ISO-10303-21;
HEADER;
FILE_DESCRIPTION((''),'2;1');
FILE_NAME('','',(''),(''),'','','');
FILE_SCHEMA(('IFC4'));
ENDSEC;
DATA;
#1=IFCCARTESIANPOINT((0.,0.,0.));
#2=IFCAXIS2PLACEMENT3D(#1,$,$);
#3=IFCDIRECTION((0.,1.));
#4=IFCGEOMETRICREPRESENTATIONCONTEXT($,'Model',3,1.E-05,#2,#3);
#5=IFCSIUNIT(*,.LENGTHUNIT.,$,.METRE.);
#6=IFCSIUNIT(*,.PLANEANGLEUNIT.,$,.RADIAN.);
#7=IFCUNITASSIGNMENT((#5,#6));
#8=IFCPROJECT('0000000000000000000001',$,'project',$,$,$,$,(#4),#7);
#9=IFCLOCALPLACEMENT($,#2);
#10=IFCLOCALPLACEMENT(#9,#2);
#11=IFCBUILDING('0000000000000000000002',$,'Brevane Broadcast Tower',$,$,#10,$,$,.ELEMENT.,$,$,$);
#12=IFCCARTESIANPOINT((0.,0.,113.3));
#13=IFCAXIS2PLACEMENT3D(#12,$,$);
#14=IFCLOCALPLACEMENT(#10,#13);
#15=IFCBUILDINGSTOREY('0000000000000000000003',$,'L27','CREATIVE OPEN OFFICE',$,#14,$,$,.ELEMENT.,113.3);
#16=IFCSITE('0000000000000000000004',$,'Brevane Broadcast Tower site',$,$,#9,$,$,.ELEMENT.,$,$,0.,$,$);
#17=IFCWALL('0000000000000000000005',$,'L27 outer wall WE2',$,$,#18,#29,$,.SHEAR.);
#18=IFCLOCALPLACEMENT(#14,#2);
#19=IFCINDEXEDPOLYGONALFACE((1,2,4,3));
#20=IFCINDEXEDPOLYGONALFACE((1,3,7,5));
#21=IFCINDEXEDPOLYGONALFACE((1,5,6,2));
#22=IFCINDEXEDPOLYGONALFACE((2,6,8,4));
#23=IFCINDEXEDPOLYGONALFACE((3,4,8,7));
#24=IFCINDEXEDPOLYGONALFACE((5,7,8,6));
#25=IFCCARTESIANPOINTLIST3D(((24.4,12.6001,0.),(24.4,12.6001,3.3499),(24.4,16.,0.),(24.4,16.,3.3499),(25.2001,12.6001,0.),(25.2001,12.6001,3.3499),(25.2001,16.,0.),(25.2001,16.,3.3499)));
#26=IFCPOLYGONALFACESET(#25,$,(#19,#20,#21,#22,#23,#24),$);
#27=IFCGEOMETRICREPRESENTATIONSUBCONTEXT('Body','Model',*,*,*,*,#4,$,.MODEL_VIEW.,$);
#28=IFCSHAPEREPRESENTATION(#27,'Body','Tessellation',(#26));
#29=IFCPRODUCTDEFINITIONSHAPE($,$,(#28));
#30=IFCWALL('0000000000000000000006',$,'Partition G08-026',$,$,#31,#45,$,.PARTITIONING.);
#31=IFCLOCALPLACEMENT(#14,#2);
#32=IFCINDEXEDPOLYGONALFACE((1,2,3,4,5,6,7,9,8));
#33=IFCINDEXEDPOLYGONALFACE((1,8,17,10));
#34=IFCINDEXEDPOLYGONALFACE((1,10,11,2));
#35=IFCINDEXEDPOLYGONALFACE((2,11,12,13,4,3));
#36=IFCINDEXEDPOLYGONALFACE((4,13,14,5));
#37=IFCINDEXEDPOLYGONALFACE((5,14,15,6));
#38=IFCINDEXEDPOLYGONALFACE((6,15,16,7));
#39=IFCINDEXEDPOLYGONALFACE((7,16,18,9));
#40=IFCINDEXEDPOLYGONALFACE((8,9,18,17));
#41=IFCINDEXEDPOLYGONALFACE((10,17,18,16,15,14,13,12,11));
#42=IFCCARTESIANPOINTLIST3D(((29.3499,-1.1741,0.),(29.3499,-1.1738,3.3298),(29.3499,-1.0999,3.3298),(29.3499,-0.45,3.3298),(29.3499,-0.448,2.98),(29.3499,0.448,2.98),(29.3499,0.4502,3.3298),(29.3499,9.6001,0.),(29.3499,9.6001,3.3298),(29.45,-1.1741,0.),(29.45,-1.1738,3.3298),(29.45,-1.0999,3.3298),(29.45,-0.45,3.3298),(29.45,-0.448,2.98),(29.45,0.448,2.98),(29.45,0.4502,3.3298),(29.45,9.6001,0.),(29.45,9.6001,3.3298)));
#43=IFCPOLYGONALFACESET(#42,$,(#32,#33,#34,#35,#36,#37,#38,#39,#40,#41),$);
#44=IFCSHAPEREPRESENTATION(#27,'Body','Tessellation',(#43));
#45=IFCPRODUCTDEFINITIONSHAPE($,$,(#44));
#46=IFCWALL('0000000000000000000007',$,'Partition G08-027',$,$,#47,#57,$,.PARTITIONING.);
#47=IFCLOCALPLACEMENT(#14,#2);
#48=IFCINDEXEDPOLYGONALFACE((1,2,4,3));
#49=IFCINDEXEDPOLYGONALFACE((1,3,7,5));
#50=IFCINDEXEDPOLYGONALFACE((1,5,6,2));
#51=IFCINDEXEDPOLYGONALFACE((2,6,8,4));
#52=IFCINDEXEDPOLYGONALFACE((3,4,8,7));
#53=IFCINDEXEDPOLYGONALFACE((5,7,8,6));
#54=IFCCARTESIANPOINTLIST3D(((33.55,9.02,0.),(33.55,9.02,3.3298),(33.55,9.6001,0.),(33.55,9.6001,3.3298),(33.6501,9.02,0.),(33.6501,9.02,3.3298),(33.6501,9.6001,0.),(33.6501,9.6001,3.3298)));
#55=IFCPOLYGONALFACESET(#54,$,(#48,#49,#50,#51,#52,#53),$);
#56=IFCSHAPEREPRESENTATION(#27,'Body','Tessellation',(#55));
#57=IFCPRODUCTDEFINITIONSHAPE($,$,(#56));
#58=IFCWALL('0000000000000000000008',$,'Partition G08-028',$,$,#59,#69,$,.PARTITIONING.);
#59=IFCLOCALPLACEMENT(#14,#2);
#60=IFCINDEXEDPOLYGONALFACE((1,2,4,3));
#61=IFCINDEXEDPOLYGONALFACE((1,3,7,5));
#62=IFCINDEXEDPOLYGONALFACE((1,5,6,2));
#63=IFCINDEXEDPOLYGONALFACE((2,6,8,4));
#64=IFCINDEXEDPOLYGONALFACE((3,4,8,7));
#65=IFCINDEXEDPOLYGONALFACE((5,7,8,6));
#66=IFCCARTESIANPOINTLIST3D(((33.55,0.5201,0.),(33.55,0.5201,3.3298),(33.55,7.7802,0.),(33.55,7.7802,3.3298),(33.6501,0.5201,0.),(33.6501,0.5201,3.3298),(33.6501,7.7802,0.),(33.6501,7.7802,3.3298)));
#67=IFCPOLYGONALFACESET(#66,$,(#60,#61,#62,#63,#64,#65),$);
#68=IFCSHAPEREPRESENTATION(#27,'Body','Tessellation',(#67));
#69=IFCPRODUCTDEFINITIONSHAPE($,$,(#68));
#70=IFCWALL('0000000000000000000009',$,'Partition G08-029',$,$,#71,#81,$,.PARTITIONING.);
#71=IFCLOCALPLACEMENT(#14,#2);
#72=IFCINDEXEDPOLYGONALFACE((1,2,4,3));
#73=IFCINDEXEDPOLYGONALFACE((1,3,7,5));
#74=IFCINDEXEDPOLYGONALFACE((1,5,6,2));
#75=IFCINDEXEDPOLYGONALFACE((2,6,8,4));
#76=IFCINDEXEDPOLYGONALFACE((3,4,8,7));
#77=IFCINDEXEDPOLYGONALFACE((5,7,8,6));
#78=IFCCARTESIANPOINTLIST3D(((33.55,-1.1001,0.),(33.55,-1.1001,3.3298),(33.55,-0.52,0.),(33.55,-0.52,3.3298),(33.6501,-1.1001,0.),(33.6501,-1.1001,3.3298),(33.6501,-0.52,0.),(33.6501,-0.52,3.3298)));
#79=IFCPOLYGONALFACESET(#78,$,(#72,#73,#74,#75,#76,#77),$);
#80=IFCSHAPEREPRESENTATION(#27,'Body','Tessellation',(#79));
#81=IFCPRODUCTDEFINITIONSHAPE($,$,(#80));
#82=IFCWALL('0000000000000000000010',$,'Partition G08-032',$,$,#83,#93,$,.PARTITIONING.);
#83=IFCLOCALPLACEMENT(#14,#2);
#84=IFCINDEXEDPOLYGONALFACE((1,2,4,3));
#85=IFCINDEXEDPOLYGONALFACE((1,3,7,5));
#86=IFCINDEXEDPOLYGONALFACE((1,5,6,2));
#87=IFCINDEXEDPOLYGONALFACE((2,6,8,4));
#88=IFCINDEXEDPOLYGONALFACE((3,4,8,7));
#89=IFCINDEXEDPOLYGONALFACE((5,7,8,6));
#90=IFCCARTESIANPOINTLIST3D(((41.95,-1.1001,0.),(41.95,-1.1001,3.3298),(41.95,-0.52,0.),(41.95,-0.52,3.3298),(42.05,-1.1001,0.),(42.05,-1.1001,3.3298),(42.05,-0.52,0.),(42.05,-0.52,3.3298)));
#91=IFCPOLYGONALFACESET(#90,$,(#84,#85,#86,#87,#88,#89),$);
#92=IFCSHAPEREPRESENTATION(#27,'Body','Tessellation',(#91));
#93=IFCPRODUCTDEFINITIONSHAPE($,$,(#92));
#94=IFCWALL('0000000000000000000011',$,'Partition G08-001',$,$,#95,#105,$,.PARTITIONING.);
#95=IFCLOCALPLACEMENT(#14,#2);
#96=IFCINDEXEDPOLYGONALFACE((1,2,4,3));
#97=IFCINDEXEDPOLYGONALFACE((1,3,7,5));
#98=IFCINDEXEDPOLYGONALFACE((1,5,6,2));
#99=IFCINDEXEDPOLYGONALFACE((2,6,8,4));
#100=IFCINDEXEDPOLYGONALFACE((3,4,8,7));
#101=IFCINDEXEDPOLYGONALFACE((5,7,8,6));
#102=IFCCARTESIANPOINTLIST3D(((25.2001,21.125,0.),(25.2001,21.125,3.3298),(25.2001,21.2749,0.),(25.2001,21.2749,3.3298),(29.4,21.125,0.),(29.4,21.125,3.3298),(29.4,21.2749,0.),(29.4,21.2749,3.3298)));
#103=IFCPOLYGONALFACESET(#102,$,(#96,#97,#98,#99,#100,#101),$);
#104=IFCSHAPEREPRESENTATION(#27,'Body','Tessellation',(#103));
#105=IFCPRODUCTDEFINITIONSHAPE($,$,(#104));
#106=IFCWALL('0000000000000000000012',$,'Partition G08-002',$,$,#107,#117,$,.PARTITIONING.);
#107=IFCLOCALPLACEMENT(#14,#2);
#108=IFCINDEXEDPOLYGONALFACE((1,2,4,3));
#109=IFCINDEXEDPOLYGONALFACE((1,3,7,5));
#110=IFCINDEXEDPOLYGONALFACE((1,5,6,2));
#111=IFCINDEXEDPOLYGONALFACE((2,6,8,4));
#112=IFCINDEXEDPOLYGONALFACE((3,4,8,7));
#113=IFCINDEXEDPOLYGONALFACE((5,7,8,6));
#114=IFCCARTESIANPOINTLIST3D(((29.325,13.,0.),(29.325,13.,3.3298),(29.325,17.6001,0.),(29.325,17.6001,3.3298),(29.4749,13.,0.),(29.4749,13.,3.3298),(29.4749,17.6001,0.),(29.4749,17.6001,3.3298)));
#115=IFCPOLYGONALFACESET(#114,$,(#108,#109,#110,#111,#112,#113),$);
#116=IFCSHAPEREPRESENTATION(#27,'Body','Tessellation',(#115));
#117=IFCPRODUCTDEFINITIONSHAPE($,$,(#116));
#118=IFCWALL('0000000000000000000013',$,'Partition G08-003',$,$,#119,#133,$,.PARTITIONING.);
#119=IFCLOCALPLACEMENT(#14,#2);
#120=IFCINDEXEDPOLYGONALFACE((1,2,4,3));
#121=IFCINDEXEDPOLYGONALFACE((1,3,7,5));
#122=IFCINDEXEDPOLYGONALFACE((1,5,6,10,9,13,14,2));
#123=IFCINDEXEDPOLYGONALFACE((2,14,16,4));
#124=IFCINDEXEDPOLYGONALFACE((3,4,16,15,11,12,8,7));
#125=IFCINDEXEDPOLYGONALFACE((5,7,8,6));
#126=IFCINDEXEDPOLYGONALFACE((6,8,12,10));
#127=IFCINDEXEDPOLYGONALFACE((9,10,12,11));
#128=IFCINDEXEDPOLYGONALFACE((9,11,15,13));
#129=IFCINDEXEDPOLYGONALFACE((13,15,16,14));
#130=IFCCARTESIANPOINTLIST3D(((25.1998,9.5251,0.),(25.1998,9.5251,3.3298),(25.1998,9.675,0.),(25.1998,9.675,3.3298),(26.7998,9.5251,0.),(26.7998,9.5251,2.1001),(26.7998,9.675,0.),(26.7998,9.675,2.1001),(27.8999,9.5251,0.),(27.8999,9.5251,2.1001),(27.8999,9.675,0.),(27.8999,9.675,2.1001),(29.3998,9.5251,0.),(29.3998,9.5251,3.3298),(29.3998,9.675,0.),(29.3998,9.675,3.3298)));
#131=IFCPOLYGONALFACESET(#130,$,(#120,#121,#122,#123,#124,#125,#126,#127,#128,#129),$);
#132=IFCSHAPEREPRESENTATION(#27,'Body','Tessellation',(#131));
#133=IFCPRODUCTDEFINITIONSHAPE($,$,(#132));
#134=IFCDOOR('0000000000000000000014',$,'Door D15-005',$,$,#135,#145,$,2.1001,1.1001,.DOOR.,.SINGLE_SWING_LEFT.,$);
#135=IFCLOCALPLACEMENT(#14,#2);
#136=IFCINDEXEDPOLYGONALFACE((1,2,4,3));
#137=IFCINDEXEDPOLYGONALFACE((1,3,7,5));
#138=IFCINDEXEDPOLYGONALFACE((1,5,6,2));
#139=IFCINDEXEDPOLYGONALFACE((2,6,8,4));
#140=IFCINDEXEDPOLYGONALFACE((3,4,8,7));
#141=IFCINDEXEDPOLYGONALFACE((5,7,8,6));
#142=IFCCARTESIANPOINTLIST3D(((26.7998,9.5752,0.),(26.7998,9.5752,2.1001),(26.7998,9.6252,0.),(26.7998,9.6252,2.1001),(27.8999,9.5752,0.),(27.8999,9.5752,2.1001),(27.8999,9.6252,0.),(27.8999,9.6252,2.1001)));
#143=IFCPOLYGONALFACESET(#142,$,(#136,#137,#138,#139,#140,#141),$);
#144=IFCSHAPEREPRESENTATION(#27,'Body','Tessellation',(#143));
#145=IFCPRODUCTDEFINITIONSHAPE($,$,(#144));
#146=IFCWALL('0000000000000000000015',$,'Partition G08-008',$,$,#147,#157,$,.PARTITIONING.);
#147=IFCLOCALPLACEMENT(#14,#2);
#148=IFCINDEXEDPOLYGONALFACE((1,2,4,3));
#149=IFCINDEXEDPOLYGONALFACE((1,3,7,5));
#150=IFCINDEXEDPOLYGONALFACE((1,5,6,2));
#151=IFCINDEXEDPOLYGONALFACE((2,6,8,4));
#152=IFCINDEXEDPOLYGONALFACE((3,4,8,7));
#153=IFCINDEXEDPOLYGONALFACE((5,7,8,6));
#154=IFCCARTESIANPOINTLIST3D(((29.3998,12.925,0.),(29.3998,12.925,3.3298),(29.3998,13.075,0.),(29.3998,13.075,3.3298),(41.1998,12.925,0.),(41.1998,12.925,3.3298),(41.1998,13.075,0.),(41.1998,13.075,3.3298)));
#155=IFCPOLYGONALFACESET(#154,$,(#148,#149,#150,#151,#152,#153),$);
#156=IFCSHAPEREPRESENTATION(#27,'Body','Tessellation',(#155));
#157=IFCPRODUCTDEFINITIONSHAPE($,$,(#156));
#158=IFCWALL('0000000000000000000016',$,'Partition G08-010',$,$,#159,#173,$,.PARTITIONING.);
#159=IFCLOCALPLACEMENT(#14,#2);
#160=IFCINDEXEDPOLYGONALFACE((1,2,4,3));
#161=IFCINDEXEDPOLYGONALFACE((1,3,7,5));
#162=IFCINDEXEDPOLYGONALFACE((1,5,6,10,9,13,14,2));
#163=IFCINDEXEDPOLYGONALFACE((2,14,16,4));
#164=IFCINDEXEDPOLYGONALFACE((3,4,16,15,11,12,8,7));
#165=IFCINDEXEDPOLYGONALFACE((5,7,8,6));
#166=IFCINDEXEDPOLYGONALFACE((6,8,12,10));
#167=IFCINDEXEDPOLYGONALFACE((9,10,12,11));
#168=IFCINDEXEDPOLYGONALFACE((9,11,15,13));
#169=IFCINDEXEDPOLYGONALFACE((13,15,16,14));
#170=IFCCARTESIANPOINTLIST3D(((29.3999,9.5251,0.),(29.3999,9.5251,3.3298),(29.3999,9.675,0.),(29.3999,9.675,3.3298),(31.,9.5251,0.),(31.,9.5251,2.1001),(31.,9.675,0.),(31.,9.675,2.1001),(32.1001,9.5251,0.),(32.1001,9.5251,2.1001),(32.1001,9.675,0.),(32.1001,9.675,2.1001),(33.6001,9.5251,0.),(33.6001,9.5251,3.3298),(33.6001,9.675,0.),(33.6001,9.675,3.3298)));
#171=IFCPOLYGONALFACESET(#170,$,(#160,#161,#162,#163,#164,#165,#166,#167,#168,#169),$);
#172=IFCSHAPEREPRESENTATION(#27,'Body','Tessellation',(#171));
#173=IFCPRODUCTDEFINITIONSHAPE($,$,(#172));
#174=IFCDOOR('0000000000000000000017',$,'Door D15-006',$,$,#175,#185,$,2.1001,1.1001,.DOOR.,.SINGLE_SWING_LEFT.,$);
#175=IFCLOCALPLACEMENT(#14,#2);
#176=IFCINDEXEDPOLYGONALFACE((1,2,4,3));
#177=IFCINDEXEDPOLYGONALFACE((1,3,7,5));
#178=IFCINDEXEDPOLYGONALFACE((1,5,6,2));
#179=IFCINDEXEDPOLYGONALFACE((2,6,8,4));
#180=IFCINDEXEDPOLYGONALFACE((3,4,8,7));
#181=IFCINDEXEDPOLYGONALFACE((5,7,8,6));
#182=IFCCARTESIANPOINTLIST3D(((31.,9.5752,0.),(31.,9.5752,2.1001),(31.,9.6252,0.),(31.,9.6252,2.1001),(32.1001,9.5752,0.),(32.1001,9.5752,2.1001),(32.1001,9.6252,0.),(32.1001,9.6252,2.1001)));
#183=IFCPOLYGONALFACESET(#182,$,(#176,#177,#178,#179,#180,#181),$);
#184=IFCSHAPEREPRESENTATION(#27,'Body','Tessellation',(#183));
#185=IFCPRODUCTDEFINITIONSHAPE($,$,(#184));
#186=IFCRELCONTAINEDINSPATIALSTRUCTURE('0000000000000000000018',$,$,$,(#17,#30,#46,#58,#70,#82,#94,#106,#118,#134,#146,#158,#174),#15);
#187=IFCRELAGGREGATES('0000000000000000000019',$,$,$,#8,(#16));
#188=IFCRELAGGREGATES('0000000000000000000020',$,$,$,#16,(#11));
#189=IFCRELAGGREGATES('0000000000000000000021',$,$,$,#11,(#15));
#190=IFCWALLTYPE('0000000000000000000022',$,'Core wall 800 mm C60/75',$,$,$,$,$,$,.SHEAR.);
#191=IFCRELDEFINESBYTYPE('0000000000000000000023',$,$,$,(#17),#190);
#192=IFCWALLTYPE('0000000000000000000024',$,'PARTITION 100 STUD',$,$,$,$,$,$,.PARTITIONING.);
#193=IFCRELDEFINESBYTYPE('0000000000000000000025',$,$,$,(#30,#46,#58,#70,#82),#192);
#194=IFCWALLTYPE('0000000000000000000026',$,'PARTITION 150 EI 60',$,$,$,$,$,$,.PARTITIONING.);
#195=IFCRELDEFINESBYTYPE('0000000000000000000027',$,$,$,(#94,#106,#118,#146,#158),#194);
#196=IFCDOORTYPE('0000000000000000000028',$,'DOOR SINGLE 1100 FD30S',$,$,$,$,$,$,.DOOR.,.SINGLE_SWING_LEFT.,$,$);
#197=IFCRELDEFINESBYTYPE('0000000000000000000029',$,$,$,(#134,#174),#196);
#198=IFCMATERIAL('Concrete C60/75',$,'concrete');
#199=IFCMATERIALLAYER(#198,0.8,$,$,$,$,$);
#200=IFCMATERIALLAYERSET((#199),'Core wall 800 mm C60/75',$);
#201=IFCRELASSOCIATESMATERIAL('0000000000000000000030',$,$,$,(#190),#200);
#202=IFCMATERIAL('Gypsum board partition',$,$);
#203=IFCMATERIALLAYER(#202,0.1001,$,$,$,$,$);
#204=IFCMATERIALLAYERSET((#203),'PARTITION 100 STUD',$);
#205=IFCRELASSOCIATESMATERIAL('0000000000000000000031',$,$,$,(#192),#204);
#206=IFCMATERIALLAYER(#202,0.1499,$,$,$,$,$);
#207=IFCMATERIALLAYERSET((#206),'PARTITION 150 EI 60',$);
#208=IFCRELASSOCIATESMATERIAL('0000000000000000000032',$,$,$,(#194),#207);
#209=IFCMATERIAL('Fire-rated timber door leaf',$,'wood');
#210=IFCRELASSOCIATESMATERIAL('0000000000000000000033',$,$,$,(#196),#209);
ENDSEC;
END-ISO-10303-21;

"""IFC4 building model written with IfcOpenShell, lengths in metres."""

from ifc_helpers import new_model, si_unit, direction, frame, frame_2d, origin, place, context, subcontext, project, spatial, polyline, rectangle, outline, extrude, material, layer, layer_set, type_object, element, fill, save


model = new_model("IFC4")

# Units and contexts
model_context = context("Model", 3, precision=1e-05, world=origin(), true_north=direction((0.0, 1.0)))
body_context = subcontext(model_context, "Body", "Model", "MODEL_VIEW")
ifc_project = project(units=[si_unit("LENGTHUNIT", "METRE"), si_unit("PLANEANGLEUNIT", "RADIAN")], contexts=[model_context])

# Site, building, storey
site_placement = place(None, origin())
site = spatial("IfcSite", under=ifc_project, at=site_placement, Name="Brevane Broadcast Tower site", CompositionType="ELEMENT", RefElevation=0.0)
building_placement = place(site_placement, origin())
building = spatial("IfcBuilding", under=site, at=building_placement, Name="Brevane Broadcast Tower", CompositionType="ELEMENT")
storey_placement = place(building_placement, frame((0.0, 0.0, 113.3)))
storey = spatial("IfcBuildingStorey", under=building, at=storey_placement, Name="L27", Description="CREATIVE OPEN OFFICE", CompositionType="ELEMENT", Elevation=113.3)

# Shared definitions
ifc_material_1 = material(Name="Concrete C60/75", Category="concrete")

# Walls
ifc_layer_1 = layer(ifc_material_1, 0.8)
ifc_layer_set_1 = layer_set([ifc_layer_1], Name="Core wall 800 mm C60/75")
wall_type_1 = type_object("IfcWallType", Name="Core wall 800 mm C60/75", PredefinedType="SHEAR", material=ifc_layer_set_1)
wall_1_placement = place(storey_placement, frame((24.8, 12.6001, 0.0), z_axis=(0.0, 0.0, 1.0), x_axis=(0.0, 1.0, 0.0)))
element("IfcWall", 1, at=wall_1_placement, inside=storey, type_object=wall_type_1, Name="L27 outer wall WE2", PredefinedType="SHEAR", context=body_context, shape_type="SweptSolid", body=[
    extrude(rectangle(XDim=3.3999, YDim=0.8, at=frame_2d((1.7, 0.0))), origin(), (0.0, 0.0, 1.0), 3.3499),
])
ifc_material_2 = material(Name="Gypsum board partition")
ifc_layer_2 = layer(ifc_material_2, 0.1001)
ifc_layer_set_2 = layer_set([ifc_layer_2], Name="PARTITION 100 STUD")
wall_type_2 = type_object("IfcWallType", Name="PARTITION 100 STUD", PredefinedType="PARTITIONING", material=ifc_layer_set_2)
wall_2_placement = place(storey_placement, frame((29.3999, 9.6001, 0.0), z_axis=(0.0, 0.0, 1.0), x_axis=(0.0, -1.0, 0.0)))
element("IfcWall", 2, at=wall_2_placement, inside=storey, type_object=wall_type_2, Name="Partition G08-026", PredefinedType="PARTITIONING", context=body_context, shape_type="SweptSolid", body=[
    extrude(outline(polyline([(0.0, 0.0), (10.7742, 0.0), (10.7739, 3.3298), (10.7, 3.3298), (10.05, 3.3298), (10.0481, 2.98), (9.1521, 2.98), (9.1499, 3.3298), (0.0, 3.3298), (0.0, 0.0)])), frame((0.0, 0.05, 0.0), z_axis=(0.0, -1.0, 0.0), x_axis=(1.0, 0.0, 0.0)), (0.0, 0.0, 1.0), 0.1001),
])
wall_3_placement = place(storey_placement, frame((33.6001, 9.6001, 0.0), z_axis=(0.0, 0.0, 1.0), x_axis=(0.0, -1.0, 0.0)))
element("IfcWall", 3, at=wall_3_placement, inside=storey, type_object=wall_type_2, Name="Partition G08-027", PredefinedType="PARTITIONING", context=body_context, shape_type="SweptSolid", body=[
    extrude(rectangle(XDim=0.5801, YDim=0.1001, at=frame_2d((0.29, 0.0))), origin(), (0.0, 0.0, 1.0), 3.3298),
])
wall_4_placement = place(storey_placement, frame((33.6001, 7.78, 0.0), z_axis=(0.0, 0.0, 1.0), x_axis=(0.0, -1.0, 0.0)))
element("IfcWall", 4, at=wall_4_placement, inside=storey, type_object=wall_type_2, Name="Partition G08-028", PredefinedType="PARTITIONING", context=body_context, shape_type="SweptSolid", body=[
    extrude(rectangle(XDim=7.26, YDim=0.1001, at=frame_2d((3.6299, 0.0))), origin(), (0.0, 0.0, 1.0), 3.3298),
])
for number, where, z_axis, x_axis, name in (
    (5, (33.6001, -0.52, 0.0), (0.0, 0.0, 1.0), (0.0, -1.0, 0.0), "Partition G08-029"),
    (6, (42.0, -0.52, 0.0), (0.0, 0.0, 1.0), (0.0, -1.0, 0.0), "Partition G08-032"),
):
    element("IfcWall", number, at=place(storey_placement, frame(where, z_axis=z_axis, x_axis=x_axis)), inside=storey, type_object=wall_type_2, Name=name, PredefinedType="PARTITIONING", context=body_context, shape_type="SweptSolid", body=[
        extrude(rectangle(XDim=0.5801, YDim=0.1001, at=frame_2d((0.29, 0.0))), origin(), (0.0, 0.0, 1.0), 3.3298),
    ])
ifc_layer_3 = layer(ifc_material_2, 0.1499)
ifc_layer_set_3 = layer_set([ifc_layer_3], Name="PARTITION 150 EI 60")
wall_type_3 = type_object("IfcWallType", Name="PARTITION 150 EI 60", PredefinedType="PARTITIONING", material=ifc_layer_set_3)
wall_5_placement = place(storey_placement, frame((25.2, 21.2, 0.0), z_axis=(0.0, 0.0, 1.0), x_axis=(1.0, 0.0, 0.0)))
element("IfcWall", 7, at=wall_5_placement, inside=storey, type_object=wall_type_3, Name="Partition G08-001", PredefinedType="PARTITIONING", context=body_context, shape_type="SweptSolid", body=[
    extrude(rectangle(XDim=4.2, YDim=0.1499, at=frame_2d((2.1001, 0.0))), origin(), (0.0, 0.0, 1.0), 3.3298),
])
wall_6_placement = place(storey_placement, frame((29.3999, 17.6001, 0.0), z_axis=(0.0, 0.0, 1.0), x_axis=(0.0, -1.0, 0.0)))
element("IfcWall", 8, at=wall_6_placement, inside=storey, type_object=wall_type_3, Name="Partition G08-002", PredefinedType="PARTITIONING", context=body_context, shape_type="SweptSolid", body=[
    extrude(rectangle(XDim=4.6001, YDim=0.1499, at=frame_2d((2.3, 0.0))), origin(), (0.0, 0.0, 1.0), 3.3298),
])

# Wall, opening, door
wall_7_placement = place(storey_placement, frame((29.3999, 9.6001, 0.0), z_axis=(0.0, 0.0, 1.0), x_axis=(-1.0, 0.0, 0.0)))
wall_7 = element("IfcWall", 9, at=wall_7_placement, inside=storey, type_object=wall_type_3, Name="Partition G08-003", PredefinedType="PARTITIONING", context=body_context, shape_type="SweptSolid", body=[
    extrude(rectangle(XDim=4.2, YDim=0.1499, at=frame_2d((2.1001, 0.0))), origin(), (0.0, 0.0, 1.0), 3.3298),
])
opening_1_placement = place(wall_7_placement, frame((1.5, 0.0, 0.0)))
opening_1 = element("IfcOpeningElement", 10, at=opening_1_placement, cuts=wall_7, PredefinedType="OPENING", context=body_context, shape_type="SweptSolid", body=[
    extrude(rectangle(XDim=1.1001, YDim=2.1001, at=frame_2d((0.55, 1.05))), frame((0.0, 0.085, 0.0), z_axis=(0.0, -1.0, 0.0), x_axis=(1.0, 0.0, 0.0)), (0.0, 0.0, 1.0), 0.1699),
])
ifc_material_3 = material(Name="Fire-rated timber door leaf", Category="wood")
door_type = type_object("IfcDoorType", Name="DOOR SINGLE 1100 FD30S", OperationType="SINGLE_SWING_LEFT", PredefinedType="DOOR", material=ifc_material_3)
door_1_placement = place(opening_1_placement, origin())
door_1 = element("IfcDoor", 11, at=door_1_placement, inside=storey, type_object=door_type, Name="Door D15-005", OperationType="SINGLE_SWING_LEFT", OverallHeight=2.1001, OverallWidth=1.1001, PredefinedType="DOOR", context=body_context, shape_type="SweptSolid", body=[
    extrude(rectangle(XDim=1.1001, YDim=2.1001, at=frame_2d((0.55, 1.05))), frame((0.0, 0.0249, 0.0), z_axis=(0.0, -1.0, 0.0), x_axis=(1.0, 0.0, 0.0)), (0.0, 0.0, 1.0), 0.05),
])
fill(opening_1, door_1)

# Wall
wall_8_placement = place(storey_placement, frame((29.3999, 13.0, 0.0), z_axis=(0.0, 0.0, 1.0), x_axis=(1.0, 0.0, 0.0)))
element("IfcWall", 12, at=wall_8_placement, inside=storey, type_object=wall_type_3, Name="Partition G08-008", PredefinedType="PARTITIONING", context=body_context, shape_type="SweptSolid", body=[
    extrude(rectangle(XDim=11.8, YDim=0.1499, at=frame_2d((5.8999, 0.0))), origin(), (0.0, 0.0, 1.0), 3.3298),
])

# Wall, opening, door
wall_9_placement = place(storey_placement, frame((33.6001, 9.6001, 0.0), z_axis=(0.0, 0.0, 1.0), x_axis=(-1.0, 0.0, 0.0)))
wall_9 = element("IfcWall", 13, at=wall_9_placement, inside=storey, type_object=wall_type_3, Name="Partition G08-010", PredefinedType="PARTITIONING", context=body_context, shape_type="SweptSolid", body=[
    extrude(rectangle(XDim=4.2002, YDim=0.1499, at=frame_2d((2.1001, 0.0))), origin(), (0.0, 0.0, 1.0), 3.3298),
])
opening_2_placement = place(wall_9_placement, frame((1.5, 0.0, 0.0)))
opening_2 = element("IfcOpeningElement", 14, at=opening_2_placement, cuts=wall_9, PredefinedType="OPENING", context=body_context, shape_type="SweptSolid", body=[
    extrude(rectangle(XDim=1.1001, YDim=2.1001, at=frame_2d((0.55, 1.05))), frame((0.0, 0.085, 0.0), z_axis=(0.0, -1.0, 0.0), x_axis=(1.0, 0.0, 0.0)), (0.0, 0.0, 1.0), 0.1699),
])
door_2_placement = place(opening_2_placement, origin())
door_2 = element("IfcDoor", 15, at=door_2_placement, inside=storey, type_object=door_type, Name="Door D15-006", OperationType="SINGLE_SWING_LEFT", OverallHeight=2.1001, OverallWidth=1.1001, PredefinedType="DOOR", context=body_context, shape_type="SweptSolid", body=[
    extrude(rectangle(XDim=1.1001, YDim=2.1001, at=frame_2d((0.55, 1.05))), frame((0.0, 0.0249, 0.0), z_axis=(0.0, -1.0, 0.0), x_axis=(1.0, 0.0, 0.0)), (0.0, 0.0, 1.0), 0.05),
])
fill(opening_2, door_2)

save(model, "model.ifc")
